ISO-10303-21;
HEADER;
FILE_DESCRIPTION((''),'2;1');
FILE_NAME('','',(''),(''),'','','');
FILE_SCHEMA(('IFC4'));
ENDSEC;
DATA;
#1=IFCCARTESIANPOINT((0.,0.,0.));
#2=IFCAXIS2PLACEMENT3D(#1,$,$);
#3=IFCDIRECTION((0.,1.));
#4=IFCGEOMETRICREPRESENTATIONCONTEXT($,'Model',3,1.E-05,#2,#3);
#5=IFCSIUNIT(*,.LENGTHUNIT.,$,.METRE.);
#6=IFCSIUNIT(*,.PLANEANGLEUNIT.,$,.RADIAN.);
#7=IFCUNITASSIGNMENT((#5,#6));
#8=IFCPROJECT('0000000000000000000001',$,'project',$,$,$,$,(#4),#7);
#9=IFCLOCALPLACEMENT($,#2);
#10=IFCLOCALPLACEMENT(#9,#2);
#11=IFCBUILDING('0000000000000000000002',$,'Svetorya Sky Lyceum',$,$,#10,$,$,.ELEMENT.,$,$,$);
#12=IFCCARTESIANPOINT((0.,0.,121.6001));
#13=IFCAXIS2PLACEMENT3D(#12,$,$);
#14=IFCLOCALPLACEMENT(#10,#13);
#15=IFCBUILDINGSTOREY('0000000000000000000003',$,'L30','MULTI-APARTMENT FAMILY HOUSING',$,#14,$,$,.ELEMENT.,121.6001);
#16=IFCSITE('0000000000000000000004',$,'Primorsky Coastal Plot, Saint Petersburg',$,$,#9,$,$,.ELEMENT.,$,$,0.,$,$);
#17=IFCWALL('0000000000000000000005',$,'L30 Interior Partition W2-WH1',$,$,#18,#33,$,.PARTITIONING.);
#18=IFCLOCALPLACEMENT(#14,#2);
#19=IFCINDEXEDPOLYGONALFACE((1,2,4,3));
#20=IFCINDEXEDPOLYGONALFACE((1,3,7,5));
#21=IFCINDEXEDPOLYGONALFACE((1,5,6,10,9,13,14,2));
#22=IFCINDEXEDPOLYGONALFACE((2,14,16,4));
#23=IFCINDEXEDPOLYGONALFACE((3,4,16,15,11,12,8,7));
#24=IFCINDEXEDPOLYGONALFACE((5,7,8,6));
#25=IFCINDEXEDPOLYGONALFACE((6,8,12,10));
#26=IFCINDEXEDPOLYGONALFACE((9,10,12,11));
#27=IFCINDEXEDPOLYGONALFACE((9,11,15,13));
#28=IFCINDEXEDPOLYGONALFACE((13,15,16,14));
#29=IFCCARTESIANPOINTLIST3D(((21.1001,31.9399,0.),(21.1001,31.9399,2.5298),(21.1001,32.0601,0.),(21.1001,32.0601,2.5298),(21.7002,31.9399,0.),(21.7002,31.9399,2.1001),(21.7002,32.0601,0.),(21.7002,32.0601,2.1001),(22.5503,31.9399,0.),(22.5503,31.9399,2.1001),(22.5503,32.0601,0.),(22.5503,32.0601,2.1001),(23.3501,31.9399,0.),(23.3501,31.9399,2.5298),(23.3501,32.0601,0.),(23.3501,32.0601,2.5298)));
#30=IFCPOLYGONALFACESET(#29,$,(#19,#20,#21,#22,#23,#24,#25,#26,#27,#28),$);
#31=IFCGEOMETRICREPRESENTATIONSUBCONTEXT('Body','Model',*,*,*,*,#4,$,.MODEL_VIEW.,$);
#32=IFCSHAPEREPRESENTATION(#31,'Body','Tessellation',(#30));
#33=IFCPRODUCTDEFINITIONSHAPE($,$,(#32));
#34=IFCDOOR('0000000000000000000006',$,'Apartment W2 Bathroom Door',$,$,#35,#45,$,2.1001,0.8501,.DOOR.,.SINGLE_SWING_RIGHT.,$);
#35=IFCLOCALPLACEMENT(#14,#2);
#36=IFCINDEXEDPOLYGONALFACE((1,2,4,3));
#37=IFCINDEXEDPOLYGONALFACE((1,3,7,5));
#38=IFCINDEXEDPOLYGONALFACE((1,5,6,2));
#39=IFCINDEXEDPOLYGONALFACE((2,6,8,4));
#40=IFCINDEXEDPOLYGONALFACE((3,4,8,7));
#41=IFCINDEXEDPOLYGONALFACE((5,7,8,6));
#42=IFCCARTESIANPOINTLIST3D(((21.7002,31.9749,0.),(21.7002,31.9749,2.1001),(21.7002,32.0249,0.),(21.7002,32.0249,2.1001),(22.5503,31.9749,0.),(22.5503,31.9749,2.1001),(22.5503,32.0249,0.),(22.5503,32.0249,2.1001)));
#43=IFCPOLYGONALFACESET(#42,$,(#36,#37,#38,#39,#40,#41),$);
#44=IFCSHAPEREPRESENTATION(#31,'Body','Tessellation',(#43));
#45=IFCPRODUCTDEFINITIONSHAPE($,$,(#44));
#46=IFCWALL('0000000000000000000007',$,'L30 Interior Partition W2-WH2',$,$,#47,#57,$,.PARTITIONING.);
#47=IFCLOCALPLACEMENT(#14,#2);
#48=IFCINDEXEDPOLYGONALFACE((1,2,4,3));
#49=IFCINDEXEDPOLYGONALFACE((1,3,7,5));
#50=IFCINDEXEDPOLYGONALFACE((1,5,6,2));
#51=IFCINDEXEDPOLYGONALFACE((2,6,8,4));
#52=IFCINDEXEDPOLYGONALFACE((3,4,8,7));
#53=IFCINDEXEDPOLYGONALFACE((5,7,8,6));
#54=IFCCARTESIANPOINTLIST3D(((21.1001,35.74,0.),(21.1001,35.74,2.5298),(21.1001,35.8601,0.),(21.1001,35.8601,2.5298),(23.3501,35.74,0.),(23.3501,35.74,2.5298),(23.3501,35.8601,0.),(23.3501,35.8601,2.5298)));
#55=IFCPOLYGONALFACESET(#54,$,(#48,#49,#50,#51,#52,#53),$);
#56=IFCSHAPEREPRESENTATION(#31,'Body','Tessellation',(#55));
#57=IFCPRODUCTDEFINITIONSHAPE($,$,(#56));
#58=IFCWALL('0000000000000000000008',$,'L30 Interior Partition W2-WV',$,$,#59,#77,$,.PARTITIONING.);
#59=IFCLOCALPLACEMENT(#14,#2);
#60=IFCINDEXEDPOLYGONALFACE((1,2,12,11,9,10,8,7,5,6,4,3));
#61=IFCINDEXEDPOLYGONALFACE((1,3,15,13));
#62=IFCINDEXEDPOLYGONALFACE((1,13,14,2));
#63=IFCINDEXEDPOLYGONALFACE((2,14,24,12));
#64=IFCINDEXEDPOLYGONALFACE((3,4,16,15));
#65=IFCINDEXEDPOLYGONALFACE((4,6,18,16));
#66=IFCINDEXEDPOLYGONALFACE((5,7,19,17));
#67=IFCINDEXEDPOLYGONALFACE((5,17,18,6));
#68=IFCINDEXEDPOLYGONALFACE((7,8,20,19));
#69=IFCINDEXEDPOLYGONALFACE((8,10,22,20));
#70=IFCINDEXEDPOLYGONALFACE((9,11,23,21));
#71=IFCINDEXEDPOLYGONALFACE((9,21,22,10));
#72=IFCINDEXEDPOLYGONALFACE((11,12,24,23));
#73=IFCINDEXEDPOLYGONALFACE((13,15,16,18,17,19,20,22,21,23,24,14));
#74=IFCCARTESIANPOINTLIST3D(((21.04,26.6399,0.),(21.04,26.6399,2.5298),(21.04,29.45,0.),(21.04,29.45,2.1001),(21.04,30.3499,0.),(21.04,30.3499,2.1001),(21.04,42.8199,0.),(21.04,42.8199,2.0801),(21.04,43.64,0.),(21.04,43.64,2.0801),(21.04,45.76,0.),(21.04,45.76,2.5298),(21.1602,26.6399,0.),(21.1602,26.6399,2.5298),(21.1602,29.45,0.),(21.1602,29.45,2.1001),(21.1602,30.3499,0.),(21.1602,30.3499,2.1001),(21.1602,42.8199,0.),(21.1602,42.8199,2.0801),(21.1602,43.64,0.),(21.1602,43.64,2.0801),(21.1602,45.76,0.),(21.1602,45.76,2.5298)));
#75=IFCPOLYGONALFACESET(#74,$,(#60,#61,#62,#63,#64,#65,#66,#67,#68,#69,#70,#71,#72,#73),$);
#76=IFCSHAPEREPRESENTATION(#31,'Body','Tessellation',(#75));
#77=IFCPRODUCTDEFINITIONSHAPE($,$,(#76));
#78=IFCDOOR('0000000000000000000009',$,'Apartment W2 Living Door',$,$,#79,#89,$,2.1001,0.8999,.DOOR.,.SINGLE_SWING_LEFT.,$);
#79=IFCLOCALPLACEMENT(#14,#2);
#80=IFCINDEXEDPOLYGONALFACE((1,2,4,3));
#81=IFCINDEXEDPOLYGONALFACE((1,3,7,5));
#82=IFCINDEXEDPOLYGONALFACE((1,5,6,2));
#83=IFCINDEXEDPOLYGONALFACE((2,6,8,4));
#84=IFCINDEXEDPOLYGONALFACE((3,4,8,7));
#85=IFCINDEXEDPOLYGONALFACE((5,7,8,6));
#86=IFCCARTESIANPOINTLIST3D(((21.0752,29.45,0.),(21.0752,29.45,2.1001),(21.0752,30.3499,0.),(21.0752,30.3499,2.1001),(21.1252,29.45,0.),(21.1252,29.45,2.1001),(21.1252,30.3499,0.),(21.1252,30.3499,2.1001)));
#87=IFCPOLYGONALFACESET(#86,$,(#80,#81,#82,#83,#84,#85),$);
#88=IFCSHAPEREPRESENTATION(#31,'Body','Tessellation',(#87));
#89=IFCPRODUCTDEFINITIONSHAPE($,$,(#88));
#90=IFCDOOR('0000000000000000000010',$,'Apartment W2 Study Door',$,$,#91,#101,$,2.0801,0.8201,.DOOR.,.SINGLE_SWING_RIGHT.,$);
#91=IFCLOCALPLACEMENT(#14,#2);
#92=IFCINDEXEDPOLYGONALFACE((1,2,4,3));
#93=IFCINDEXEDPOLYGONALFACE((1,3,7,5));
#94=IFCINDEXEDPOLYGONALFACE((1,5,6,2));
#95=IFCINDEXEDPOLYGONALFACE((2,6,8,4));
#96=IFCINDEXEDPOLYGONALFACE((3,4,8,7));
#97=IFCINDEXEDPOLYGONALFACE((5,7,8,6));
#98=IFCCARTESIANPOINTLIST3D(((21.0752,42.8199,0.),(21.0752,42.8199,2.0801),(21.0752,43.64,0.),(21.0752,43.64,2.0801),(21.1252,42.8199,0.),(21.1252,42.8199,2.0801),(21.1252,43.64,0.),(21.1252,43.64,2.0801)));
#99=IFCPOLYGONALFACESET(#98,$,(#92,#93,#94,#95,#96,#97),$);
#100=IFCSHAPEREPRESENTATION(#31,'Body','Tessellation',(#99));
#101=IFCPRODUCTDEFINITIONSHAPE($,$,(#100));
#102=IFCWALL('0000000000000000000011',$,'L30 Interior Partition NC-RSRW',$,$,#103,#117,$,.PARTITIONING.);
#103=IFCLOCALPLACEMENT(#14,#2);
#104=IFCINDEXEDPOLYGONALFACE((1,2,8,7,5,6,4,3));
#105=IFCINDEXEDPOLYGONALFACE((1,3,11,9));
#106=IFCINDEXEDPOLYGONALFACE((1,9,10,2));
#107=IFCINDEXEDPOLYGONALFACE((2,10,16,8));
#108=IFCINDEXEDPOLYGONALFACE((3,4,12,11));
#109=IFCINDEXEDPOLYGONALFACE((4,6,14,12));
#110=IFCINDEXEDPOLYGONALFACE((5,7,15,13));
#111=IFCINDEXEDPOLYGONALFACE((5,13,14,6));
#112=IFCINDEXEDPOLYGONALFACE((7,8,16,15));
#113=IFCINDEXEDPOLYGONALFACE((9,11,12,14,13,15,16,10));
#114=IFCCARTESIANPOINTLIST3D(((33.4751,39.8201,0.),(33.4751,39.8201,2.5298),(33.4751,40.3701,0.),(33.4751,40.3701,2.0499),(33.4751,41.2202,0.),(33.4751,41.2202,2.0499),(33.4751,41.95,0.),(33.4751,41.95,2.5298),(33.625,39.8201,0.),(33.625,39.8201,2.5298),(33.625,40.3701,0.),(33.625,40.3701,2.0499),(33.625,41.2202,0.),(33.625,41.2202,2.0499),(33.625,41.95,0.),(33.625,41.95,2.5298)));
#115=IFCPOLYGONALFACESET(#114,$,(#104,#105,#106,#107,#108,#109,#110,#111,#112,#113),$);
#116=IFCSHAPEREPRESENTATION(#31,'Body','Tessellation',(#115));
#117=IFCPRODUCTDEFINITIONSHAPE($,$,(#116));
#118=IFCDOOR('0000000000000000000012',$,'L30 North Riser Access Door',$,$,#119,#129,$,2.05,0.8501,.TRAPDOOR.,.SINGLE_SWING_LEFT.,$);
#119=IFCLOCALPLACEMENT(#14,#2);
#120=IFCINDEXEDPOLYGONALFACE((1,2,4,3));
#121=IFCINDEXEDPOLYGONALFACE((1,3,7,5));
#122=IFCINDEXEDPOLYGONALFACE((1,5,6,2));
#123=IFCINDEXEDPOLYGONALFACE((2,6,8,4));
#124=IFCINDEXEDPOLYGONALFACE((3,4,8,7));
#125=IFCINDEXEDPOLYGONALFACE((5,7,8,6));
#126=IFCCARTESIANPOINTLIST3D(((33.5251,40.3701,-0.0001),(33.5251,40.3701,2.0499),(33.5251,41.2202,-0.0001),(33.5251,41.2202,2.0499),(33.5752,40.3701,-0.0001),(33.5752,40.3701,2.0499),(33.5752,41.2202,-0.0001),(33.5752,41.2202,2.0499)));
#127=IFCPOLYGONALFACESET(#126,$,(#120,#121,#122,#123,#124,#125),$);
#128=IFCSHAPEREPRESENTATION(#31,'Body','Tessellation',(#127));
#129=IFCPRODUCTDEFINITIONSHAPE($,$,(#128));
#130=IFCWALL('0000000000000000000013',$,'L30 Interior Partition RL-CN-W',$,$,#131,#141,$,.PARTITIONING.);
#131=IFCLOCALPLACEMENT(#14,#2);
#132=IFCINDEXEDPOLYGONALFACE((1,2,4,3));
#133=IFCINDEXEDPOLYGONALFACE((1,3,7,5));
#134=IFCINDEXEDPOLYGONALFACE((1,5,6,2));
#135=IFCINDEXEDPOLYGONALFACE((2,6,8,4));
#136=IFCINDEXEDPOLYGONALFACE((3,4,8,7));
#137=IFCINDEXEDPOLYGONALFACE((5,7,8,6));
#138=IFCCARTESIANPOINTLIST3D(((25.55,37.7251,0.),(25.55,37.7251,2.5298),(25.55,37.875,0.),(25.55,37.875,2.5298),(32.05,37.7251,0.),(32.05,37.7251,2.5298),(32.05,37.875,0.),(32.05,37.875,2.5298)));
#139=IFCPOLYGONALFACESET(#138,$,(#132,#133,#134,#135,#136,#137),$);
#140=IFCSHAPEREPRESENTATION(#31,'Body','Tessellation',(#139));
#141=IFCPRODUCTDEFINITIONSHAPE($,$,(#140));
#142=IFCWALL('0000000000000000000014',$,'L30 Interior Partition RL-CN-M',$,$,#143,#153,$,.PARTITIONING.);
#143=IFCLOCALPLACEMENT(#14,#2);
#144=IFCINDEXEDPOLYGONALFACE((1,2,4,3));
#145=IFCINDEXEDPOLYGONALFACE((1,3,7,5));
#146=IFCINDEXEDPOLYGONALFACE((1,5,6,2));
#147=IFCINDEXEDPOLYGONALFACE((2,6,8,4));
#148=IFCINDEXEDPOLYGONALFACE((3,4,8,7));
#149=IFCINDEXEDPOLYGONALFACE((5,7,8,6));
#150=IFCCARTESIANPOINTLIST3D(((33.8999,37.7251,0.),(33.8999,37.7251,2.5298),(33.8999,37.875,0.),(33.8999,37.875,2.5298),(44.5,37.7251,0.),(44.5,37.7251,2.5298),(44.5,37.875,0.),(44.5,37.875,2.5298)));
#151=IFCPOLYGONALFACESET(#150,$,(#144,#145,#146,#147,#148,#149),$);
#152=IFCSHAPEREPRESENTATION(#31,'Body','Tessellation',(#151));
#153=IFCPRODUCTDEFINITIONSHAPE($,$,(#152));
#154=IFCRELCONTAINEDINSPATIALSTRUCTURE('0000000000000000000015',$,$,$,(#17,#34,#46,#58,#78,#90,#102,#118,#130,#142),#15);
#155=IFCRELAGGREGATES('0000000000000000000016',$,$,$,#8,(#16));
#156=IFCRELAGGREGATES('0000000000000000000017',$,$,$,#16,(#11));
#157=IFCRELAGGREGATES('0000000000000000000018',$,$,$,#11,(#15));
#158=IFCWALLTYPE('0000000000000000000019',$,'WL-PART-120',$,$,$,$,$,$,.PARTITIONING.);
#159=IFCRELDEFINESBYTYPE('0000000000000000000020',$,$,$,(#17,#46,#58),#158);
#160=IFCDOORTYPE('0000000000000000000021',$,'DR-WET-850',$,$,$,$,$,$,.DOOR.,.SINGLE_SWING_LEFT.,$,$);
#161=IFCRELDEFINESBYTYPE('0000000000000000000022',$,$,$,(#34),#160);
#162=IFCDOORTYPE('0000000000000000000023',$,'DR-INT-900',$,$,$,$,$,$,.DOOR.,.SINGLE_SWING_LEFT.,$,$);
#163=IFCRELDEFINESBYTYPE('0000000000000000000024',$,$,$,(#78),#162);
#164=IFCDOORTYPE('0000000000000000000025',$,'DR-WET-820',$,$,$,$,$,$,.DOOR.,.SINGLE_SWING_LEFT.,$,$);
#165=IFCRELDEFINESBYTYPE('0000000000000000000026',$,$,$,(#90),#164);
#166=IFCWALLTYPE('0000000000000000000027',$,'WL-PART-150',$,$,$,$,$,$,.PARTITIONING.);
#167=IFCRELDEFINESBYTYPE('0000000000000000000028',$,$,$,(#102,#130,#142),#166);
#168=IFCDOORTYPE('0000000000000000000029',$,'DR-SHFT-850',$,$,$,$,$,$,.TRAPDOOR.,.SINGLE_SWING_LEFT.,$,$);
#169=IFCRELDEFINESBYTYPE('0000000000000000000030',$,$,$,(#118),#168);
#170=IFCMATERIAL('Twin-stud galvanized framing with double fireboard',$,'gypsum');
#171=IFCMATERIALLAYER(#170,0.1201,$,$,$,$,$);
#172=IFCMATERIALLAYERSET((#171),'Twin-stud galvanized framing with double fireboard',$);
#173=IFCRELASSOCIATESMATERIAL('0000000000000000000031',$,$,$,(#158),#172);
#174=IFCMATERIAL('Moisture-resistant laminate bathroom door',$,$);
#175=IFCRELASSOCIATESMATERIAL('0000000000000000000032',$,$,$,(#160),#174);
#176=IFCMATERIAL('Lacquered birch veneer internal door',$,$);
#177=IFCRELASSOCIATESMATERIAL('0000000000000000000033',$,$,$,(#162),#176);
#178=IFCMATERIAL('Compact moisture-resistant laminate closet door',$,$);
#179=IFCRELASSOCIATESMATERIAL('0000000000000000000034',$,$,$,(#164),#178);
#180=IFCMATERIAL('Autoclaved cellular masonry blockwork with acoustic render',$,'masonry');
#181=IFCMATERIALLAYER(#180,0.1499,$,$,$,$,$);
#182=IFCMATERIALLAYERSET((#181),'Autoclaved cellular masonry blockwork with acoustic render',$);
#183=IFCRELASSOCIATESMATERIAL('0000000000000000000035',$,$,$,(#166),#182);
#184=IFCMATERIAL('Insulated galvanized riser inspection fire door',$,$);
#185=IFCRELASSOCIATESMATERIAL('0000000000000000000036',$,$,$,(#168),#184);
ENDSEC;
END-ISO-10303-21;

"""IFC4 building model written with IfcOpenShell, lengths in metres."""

from ifc_helpers import new_model, si_unit, direction, frame, frame_2d, origin, place, context, subcontext, project, spatial, rectangle, extrude, material, layer, layer_set, type_object, element, fill, save


model = new_model("IFC4")

# Units and contexts
model_context = context("Model", 3, precision=1e-05, world=origin(), true_north=direction((0.0, 1.0)))
body_context = subcontext(model_context, "Body", "Model", "MODEL_VIEW")
ifc_project = project(units=[si_unit("LENGTHUNIT", "METRE"), si_unit("PLANEANGLEUNIT", "RADIAN")], contexts=[model_context])

# Site, building, storey
site_placement = place(None, origin())
site = spatial("IfcSite", under=ifc_project, at=site_placement, Name="Primorsky Coastal Plot, Saint Petersburg", CompositionType="ELEMENT", RefElevation=0.0)
building_placement = place(site_placement, origin())
building = spatial("IfcBuilding", under=site, at=building_placement, Name="Svetorya Sky Lyceum", CompositionType="ELEMENT")
storey_placement = place(building_placement, frame((0.0, 0.0, 121.6001)))
storey = spatial("IfcBuildingStorey", under=building, at=storey_placement, Name="L30", Description="MULTI-APARTMENT FAMILY HOUSING", CompositionType="ELEMENT", Elevation=121.6001)

# Wall, opening, door
ifc_material_1 = material(Name="Twin-stud galvanized framing with double fireboard", Category="gypsum")
ifc_layer_1 = layer(ifc_material_1, 0.1201)
ifc_layer_set_1 = layer_set([ifc_layer_1], Name="Twin-stud galvanized framing with double fireboard")
wall_type_1 = type_object("IfcWallType", Name="WL-PART-120", PredefinedType="PARTITIONING", material=ifc_layer_set_1)
wall_1_placement = place(storey_placement, frame((21.1001, 32.0, 0.0), z_axis=(0.0, 0.0, 1.0), x_axis=(1.0, 0.0, 0.0)))
wall_1 = element("IfcWall", 1, at=wall_1_placement, inside=storey, type_object=wall_type_1, Name="L30 Interior Partition W2-WH1", PredefinedType="PARTITIONING", context=body_context, shape_type="SweptSolid", body=[
    extrude(rectangle(XDim=2.25, YDim=0.1201, at=frame_2d((1.125, 0.0))), origin(), (0.0, 0.0, 1.0), 2.5298),
])
opening_1_placement = place(wall_1_placement, frame((0.6001, 0.0, 0.0)))
opening_1 = element("IfcOpeningElement", 2, at=opening_1_placement, cuts=wall_1, PredefinedType="OPENING", context=body_context, shape_type="SweptSolid", body=[
    extrude(rectangle(XDim=0.8501, YDim=2.1001, at=frame_2d((0.425, 1.05))), frame((0.0, 0.0701, 0.0), z_axis=(0.0, -1.0, 0.0), x_axis=(1.0, 0.0, 0.0)), (0.0, 0.0, 1.0), 0.1401),
])
ifc_material_2 = material(Name="Moisture-resistant laminate bathroom door")
door_type_1 = type_object("IfcDoorType", Name="DR-WET-850", OperationType="SINGLE_SWING_LEFT", PredefinedType="DOOR", material=ifc_material_2)
door_1_placement = place(opening_1_placement, origin())
door_1 = element("IfcDoor", 3, at=door_1_placement, inside=storey, type_object=door_type_1, Name="Apartment W2 Bathroom Door", OperationType="SINGLE_SWING_RIGHT", OverallHeight=2.1001, OverallWidth=0.8501, PredefinedType="DOOR", context=body_context, shape_type="SweptSolid", body=[
    extrude(rectangle(XDim=0.8501, YDim=2.1001, at=frame_2d((0.425, 1.05))), frame((0.0, 0.0249, 0.0), z_axis=(0.0, -1.0, 0.0), x_axis=(1.0, 0.0, 0.0)), (0.0, 0.0, 1.0), 0.05),
])
fill(opening_1, door_1)

# Wall
wall_2_placement = place(storey_placement, frame((21.1001, 35.8, 0.0), z_axis=(0.0, 0.0, 1.0), x_axis=(1.0, 0.0, 0.0)))
element("IfcWall", 4, at=wall_2_placement, inside=storey, type_object=wall_type_1, Name="L30 Interior Partition W2-WH2", PredefinedType="PARTITIONING", context=body_context, shape_type="SweptSolid", body=[
    extrude(rectangle(XDim=2.25, YDim=0.1201, at=frame_2d((1.125, 0.0))), origin(), (0.0, 0.0, 1.0), 2.5298),
])

# Wall, openings, doors
wall_3_placement = place(storey_placement, frame((21.1001, 26.6399, 0.0), z_axis=(0.0, 0.0, 1.0), x_axis=(0.0, 1.0, 0.0)))
wall_3 = element("IfcWall", 5, at=wall_3_placement, inside=storey, type_object=wall_type_1, Name="L30 Interior Partition W2-WV", PredefinedType="PARTITIONING", context=body_context, shape_type="SweptSolid", body=[
    extrude(rectangle(XDim=19.1201, YDim=0.1201, at=frame_2d((9.5601, 0.0))), origin(), (0.0, 0.0, 1.0), 2.5298),
])
opening_2_placement = place(wall_3_placement, frame((2.8101, 0.0, 0.0)))
opening_2 = element("IfcOpeningElement", 6, at=opening_2_placement, cuts=wall_3, PredefinedType="OPENING", context=body_context, shape_type="SweptSolid", body=[
    extrude(rectangle(XDim=0.8999, YDim=2.1001, at=frame_2d((0.45, 1.05))), frame((0.0, 0.0701, 0.0), z_axis=(0.0, -1.0, 0.0), x_axis=(1.0, 0.0, 0.0)), (0.0, 0.0, 1.0), 0.1401),
])
opening_3_placement = place(wall_3_placement, frame((16.1799, 0.0, 0.0)))
opening_3 = element("IfcOpeningElement", 7, at=opening_3_placement, cuts=wall_3, PredefinedType="OPENING", context=body_context, shape_type="SweptSolid", body=[
    extrude(rectangle(XDim=0.8201, YDim=2.0801, at=frame_2d((0.4102, 1.04))), frame((0.0, 0.0701, 0.0), z_axis=(0.0, -1.0, 0.0), x_axis=(1.0, 0.0, 0.0)), (0.0, 0.0, 1.0), 0.1401),
])
ifc_material_3 = material(Name="Lacquered birch veneer internal door")
door_type_2 = type_object("IfcDoorType", Name="DR-INT-900", OperationType="SINGLE_SWING_LEFT", PredefinedType="DOOR", material=ifc_material_3)
door_2_placement = place(opening_2_placement, origin())
door_2 = element("IfcDoor", 8, at=door_2_placement, inside=storey, type_object=door_type_2, Name="Apartment W2 Living Door", OperationType="SINGLE_SWING_LEFT", OverallHeight=2.1001, OverallWidth=0.8999, PredefinedType="DOOR", context=body_context, shape_type="SweptSolid", body=[
    extrude(rectangle(XDim=0.8999, YDim=2.1001, at=frame_2d((0.45, 1.05))), frame((0.0, 0.0249, 0.0), z_axis=(0.0, -1.0, 0.0), x_axis=(1.0, 0.0, 0.0)), (0.0, 0.0, 1.0), 0.05),
])
fill(opening_2, door_2)
ifc_material_4 = material(Name="Compact moisture-resistant laminate closet door")
door_type_3 = type_object("IfcDoorType", Name="DR-WET-820", OperationType="SINGLE_SWING_LEFT", PredefinedType="DOOR", material=ifc_material_4)
door_3_placement = place(opening_3_placement, origin())
door_3 = element("IfcDoor", 9, at=door_3_placement, inside=storey, type_object=door_type_3, Name="Apartment W2 Study Door", OperationType="SINGLE_SWING_RIGHT", OverallHeight=2.0801, OverallWidth=0.8201, PredefinedType="DOOR", context=body_context, shape_type="SweptSolid", body=[
    extrude(rectangle(XDim=0.8201, YDim=2.0801, at=frame_2d((0.4102, 1.04))), frame((0.0, 0.0249, 0.0), z_axis=(0.0, -1.0, 0.0), x_axis=(1.0, 0.0, 0.0)), (0.0, 0.0, 1.0), 0.05),
])
fill(opening_3, door_3)

# Wall, opening, door
ifc_material_5 = material(Name="Autoclaved cellular masonry blockwork with acoustic render", Category="masonry")
ifc_layer_2 = layer(ifc_material_5, 0.1499)
ifc_layer_set_2 = layer_set([ifc_layer_2], Name="Autoclaved cellular masonry blockwork with acoustic render")
wall_type_2 = type_object("IfcWallType", Name="WL-PART-150", PredefinedType="PARTITIONING", material=ifc_layer_set_2)
wall_4_placement = place(storey_placement, frame((33.55, 39.8201, 0.0), z_axis=(0.0, 0.0, 1.0), x_axis=(0.0, 1.0, 0.0)))
wall_4 = element("IfcWall", 10, at=wall_4_placement, inside=storey, type_object=wall_type_2, Name="L30 Interior Partition NC-RSRW", PredefinedType="PARTITIONING", context=body_context, shape_type="SweptSolid", body=[
    extrude(rectangle(XDim=2.1299, YDim=0.1499, at=frame_2d((1.0649, 0.0))), origin(), (0.0, 0.0, 1.0), 2.5298),
])
opening_4_placement = place(wall_4_placement, frame((0.55, 0.0, 0.0)))
opening_4 = element("IfcOpeningElement", 11, at=opening_4_placement, cuts=wall_4, PredefinedType="OPENING", context=body_context, shape_type="SweptSolid", body=[
    extrude(rectangle(XDim=0.8501, YDim=2.05, at=frame_2d((0.425, 1.0249))), frame((0.0, 0.085, 0.0), z_axis=(0.0, -1.0, 0.0), x_axis=(1.0, 0.0, 0.0)), (0.0, 0.0, 1.0), 0.1699),
])
ifc_material_6 = material(Name="Insulated galvanized riser inspection fire door")
door_type_4 = type_object("IfcDoorType", Name="DR-SHFT-850", OperationType="SINGLE_SWING_LEFT", PredefinedType="TRAPDOOR", material=ifc_material_6)
door_4_placement = place(opening_4_placement, origin())
door_4 = element("IfcDoor", 12, at=door_4_placement, inside=storey, type_object=door_type_4, Name="L30 North Riser Access Door", OperationType="SINGLE_SWING_LEFT", OverallHeight=2.05, OverallWidth=0.8501, PredefinedType="TRAPDOOR", context=body_context, shape_type="SweptSolid", body=[
    extrude(rectangle(XDim=0.8501, YDim=2.05, at=frame_2d((0.425, 1.0249))), frame((0.0, 0.0249, 0.0), z_axis=(0.0, -1.0, 0.0), x_axis=(1.0, 0.0, 0.0)), (0.0, 0.0, 1.0), 0.05),
])
fill(opening_4, door_4)

# Walls
wall_5_placement = place(storey_placement, frame((25.55, 37.8, 0.0), z_axis=(0.0, 0.0, 1.0), x_axis=(1.0, 0.0, 0.0)))
element("IfcWall", 13, at=wall_5_placement, inside=storey, type_object=wall_type_2, Name="L30 Interior Partition RL-CN-W", PredefinedType="PARTITIONING", context=body_context, shape_type="SweptSolid", body=[
    extrude(rectangle(XDim=6.5, YDim=0.1499, at=frame_2d((3.25, 0.0))), origin(), (0.0, 0.0, 1.0), 2.5298),
])
wall_6_placement = place(storey_placement, frame((33.8999, 37.8, 0.0), z_axis=(0.0, 0.0, 1.0), x_axis=(1.0, 0.0, 0.0)))
element("IfcWall", 14, at=wall_6_placement, inside=storey, type_object=wall_type_2, Name="L30 Interior Partition RL-CN-M", PredefinedType="PARTITIONING", context=body_context, shape_type="SweptSolid", body=[
    extrude(rectangle(XDim=10.6001, YDim=0.1499, at=frame_2d((5.3, 0.0))), origin(), (0.0, 0.0, 1.0), 2.5298),
])

save(model, "model.ifc")
